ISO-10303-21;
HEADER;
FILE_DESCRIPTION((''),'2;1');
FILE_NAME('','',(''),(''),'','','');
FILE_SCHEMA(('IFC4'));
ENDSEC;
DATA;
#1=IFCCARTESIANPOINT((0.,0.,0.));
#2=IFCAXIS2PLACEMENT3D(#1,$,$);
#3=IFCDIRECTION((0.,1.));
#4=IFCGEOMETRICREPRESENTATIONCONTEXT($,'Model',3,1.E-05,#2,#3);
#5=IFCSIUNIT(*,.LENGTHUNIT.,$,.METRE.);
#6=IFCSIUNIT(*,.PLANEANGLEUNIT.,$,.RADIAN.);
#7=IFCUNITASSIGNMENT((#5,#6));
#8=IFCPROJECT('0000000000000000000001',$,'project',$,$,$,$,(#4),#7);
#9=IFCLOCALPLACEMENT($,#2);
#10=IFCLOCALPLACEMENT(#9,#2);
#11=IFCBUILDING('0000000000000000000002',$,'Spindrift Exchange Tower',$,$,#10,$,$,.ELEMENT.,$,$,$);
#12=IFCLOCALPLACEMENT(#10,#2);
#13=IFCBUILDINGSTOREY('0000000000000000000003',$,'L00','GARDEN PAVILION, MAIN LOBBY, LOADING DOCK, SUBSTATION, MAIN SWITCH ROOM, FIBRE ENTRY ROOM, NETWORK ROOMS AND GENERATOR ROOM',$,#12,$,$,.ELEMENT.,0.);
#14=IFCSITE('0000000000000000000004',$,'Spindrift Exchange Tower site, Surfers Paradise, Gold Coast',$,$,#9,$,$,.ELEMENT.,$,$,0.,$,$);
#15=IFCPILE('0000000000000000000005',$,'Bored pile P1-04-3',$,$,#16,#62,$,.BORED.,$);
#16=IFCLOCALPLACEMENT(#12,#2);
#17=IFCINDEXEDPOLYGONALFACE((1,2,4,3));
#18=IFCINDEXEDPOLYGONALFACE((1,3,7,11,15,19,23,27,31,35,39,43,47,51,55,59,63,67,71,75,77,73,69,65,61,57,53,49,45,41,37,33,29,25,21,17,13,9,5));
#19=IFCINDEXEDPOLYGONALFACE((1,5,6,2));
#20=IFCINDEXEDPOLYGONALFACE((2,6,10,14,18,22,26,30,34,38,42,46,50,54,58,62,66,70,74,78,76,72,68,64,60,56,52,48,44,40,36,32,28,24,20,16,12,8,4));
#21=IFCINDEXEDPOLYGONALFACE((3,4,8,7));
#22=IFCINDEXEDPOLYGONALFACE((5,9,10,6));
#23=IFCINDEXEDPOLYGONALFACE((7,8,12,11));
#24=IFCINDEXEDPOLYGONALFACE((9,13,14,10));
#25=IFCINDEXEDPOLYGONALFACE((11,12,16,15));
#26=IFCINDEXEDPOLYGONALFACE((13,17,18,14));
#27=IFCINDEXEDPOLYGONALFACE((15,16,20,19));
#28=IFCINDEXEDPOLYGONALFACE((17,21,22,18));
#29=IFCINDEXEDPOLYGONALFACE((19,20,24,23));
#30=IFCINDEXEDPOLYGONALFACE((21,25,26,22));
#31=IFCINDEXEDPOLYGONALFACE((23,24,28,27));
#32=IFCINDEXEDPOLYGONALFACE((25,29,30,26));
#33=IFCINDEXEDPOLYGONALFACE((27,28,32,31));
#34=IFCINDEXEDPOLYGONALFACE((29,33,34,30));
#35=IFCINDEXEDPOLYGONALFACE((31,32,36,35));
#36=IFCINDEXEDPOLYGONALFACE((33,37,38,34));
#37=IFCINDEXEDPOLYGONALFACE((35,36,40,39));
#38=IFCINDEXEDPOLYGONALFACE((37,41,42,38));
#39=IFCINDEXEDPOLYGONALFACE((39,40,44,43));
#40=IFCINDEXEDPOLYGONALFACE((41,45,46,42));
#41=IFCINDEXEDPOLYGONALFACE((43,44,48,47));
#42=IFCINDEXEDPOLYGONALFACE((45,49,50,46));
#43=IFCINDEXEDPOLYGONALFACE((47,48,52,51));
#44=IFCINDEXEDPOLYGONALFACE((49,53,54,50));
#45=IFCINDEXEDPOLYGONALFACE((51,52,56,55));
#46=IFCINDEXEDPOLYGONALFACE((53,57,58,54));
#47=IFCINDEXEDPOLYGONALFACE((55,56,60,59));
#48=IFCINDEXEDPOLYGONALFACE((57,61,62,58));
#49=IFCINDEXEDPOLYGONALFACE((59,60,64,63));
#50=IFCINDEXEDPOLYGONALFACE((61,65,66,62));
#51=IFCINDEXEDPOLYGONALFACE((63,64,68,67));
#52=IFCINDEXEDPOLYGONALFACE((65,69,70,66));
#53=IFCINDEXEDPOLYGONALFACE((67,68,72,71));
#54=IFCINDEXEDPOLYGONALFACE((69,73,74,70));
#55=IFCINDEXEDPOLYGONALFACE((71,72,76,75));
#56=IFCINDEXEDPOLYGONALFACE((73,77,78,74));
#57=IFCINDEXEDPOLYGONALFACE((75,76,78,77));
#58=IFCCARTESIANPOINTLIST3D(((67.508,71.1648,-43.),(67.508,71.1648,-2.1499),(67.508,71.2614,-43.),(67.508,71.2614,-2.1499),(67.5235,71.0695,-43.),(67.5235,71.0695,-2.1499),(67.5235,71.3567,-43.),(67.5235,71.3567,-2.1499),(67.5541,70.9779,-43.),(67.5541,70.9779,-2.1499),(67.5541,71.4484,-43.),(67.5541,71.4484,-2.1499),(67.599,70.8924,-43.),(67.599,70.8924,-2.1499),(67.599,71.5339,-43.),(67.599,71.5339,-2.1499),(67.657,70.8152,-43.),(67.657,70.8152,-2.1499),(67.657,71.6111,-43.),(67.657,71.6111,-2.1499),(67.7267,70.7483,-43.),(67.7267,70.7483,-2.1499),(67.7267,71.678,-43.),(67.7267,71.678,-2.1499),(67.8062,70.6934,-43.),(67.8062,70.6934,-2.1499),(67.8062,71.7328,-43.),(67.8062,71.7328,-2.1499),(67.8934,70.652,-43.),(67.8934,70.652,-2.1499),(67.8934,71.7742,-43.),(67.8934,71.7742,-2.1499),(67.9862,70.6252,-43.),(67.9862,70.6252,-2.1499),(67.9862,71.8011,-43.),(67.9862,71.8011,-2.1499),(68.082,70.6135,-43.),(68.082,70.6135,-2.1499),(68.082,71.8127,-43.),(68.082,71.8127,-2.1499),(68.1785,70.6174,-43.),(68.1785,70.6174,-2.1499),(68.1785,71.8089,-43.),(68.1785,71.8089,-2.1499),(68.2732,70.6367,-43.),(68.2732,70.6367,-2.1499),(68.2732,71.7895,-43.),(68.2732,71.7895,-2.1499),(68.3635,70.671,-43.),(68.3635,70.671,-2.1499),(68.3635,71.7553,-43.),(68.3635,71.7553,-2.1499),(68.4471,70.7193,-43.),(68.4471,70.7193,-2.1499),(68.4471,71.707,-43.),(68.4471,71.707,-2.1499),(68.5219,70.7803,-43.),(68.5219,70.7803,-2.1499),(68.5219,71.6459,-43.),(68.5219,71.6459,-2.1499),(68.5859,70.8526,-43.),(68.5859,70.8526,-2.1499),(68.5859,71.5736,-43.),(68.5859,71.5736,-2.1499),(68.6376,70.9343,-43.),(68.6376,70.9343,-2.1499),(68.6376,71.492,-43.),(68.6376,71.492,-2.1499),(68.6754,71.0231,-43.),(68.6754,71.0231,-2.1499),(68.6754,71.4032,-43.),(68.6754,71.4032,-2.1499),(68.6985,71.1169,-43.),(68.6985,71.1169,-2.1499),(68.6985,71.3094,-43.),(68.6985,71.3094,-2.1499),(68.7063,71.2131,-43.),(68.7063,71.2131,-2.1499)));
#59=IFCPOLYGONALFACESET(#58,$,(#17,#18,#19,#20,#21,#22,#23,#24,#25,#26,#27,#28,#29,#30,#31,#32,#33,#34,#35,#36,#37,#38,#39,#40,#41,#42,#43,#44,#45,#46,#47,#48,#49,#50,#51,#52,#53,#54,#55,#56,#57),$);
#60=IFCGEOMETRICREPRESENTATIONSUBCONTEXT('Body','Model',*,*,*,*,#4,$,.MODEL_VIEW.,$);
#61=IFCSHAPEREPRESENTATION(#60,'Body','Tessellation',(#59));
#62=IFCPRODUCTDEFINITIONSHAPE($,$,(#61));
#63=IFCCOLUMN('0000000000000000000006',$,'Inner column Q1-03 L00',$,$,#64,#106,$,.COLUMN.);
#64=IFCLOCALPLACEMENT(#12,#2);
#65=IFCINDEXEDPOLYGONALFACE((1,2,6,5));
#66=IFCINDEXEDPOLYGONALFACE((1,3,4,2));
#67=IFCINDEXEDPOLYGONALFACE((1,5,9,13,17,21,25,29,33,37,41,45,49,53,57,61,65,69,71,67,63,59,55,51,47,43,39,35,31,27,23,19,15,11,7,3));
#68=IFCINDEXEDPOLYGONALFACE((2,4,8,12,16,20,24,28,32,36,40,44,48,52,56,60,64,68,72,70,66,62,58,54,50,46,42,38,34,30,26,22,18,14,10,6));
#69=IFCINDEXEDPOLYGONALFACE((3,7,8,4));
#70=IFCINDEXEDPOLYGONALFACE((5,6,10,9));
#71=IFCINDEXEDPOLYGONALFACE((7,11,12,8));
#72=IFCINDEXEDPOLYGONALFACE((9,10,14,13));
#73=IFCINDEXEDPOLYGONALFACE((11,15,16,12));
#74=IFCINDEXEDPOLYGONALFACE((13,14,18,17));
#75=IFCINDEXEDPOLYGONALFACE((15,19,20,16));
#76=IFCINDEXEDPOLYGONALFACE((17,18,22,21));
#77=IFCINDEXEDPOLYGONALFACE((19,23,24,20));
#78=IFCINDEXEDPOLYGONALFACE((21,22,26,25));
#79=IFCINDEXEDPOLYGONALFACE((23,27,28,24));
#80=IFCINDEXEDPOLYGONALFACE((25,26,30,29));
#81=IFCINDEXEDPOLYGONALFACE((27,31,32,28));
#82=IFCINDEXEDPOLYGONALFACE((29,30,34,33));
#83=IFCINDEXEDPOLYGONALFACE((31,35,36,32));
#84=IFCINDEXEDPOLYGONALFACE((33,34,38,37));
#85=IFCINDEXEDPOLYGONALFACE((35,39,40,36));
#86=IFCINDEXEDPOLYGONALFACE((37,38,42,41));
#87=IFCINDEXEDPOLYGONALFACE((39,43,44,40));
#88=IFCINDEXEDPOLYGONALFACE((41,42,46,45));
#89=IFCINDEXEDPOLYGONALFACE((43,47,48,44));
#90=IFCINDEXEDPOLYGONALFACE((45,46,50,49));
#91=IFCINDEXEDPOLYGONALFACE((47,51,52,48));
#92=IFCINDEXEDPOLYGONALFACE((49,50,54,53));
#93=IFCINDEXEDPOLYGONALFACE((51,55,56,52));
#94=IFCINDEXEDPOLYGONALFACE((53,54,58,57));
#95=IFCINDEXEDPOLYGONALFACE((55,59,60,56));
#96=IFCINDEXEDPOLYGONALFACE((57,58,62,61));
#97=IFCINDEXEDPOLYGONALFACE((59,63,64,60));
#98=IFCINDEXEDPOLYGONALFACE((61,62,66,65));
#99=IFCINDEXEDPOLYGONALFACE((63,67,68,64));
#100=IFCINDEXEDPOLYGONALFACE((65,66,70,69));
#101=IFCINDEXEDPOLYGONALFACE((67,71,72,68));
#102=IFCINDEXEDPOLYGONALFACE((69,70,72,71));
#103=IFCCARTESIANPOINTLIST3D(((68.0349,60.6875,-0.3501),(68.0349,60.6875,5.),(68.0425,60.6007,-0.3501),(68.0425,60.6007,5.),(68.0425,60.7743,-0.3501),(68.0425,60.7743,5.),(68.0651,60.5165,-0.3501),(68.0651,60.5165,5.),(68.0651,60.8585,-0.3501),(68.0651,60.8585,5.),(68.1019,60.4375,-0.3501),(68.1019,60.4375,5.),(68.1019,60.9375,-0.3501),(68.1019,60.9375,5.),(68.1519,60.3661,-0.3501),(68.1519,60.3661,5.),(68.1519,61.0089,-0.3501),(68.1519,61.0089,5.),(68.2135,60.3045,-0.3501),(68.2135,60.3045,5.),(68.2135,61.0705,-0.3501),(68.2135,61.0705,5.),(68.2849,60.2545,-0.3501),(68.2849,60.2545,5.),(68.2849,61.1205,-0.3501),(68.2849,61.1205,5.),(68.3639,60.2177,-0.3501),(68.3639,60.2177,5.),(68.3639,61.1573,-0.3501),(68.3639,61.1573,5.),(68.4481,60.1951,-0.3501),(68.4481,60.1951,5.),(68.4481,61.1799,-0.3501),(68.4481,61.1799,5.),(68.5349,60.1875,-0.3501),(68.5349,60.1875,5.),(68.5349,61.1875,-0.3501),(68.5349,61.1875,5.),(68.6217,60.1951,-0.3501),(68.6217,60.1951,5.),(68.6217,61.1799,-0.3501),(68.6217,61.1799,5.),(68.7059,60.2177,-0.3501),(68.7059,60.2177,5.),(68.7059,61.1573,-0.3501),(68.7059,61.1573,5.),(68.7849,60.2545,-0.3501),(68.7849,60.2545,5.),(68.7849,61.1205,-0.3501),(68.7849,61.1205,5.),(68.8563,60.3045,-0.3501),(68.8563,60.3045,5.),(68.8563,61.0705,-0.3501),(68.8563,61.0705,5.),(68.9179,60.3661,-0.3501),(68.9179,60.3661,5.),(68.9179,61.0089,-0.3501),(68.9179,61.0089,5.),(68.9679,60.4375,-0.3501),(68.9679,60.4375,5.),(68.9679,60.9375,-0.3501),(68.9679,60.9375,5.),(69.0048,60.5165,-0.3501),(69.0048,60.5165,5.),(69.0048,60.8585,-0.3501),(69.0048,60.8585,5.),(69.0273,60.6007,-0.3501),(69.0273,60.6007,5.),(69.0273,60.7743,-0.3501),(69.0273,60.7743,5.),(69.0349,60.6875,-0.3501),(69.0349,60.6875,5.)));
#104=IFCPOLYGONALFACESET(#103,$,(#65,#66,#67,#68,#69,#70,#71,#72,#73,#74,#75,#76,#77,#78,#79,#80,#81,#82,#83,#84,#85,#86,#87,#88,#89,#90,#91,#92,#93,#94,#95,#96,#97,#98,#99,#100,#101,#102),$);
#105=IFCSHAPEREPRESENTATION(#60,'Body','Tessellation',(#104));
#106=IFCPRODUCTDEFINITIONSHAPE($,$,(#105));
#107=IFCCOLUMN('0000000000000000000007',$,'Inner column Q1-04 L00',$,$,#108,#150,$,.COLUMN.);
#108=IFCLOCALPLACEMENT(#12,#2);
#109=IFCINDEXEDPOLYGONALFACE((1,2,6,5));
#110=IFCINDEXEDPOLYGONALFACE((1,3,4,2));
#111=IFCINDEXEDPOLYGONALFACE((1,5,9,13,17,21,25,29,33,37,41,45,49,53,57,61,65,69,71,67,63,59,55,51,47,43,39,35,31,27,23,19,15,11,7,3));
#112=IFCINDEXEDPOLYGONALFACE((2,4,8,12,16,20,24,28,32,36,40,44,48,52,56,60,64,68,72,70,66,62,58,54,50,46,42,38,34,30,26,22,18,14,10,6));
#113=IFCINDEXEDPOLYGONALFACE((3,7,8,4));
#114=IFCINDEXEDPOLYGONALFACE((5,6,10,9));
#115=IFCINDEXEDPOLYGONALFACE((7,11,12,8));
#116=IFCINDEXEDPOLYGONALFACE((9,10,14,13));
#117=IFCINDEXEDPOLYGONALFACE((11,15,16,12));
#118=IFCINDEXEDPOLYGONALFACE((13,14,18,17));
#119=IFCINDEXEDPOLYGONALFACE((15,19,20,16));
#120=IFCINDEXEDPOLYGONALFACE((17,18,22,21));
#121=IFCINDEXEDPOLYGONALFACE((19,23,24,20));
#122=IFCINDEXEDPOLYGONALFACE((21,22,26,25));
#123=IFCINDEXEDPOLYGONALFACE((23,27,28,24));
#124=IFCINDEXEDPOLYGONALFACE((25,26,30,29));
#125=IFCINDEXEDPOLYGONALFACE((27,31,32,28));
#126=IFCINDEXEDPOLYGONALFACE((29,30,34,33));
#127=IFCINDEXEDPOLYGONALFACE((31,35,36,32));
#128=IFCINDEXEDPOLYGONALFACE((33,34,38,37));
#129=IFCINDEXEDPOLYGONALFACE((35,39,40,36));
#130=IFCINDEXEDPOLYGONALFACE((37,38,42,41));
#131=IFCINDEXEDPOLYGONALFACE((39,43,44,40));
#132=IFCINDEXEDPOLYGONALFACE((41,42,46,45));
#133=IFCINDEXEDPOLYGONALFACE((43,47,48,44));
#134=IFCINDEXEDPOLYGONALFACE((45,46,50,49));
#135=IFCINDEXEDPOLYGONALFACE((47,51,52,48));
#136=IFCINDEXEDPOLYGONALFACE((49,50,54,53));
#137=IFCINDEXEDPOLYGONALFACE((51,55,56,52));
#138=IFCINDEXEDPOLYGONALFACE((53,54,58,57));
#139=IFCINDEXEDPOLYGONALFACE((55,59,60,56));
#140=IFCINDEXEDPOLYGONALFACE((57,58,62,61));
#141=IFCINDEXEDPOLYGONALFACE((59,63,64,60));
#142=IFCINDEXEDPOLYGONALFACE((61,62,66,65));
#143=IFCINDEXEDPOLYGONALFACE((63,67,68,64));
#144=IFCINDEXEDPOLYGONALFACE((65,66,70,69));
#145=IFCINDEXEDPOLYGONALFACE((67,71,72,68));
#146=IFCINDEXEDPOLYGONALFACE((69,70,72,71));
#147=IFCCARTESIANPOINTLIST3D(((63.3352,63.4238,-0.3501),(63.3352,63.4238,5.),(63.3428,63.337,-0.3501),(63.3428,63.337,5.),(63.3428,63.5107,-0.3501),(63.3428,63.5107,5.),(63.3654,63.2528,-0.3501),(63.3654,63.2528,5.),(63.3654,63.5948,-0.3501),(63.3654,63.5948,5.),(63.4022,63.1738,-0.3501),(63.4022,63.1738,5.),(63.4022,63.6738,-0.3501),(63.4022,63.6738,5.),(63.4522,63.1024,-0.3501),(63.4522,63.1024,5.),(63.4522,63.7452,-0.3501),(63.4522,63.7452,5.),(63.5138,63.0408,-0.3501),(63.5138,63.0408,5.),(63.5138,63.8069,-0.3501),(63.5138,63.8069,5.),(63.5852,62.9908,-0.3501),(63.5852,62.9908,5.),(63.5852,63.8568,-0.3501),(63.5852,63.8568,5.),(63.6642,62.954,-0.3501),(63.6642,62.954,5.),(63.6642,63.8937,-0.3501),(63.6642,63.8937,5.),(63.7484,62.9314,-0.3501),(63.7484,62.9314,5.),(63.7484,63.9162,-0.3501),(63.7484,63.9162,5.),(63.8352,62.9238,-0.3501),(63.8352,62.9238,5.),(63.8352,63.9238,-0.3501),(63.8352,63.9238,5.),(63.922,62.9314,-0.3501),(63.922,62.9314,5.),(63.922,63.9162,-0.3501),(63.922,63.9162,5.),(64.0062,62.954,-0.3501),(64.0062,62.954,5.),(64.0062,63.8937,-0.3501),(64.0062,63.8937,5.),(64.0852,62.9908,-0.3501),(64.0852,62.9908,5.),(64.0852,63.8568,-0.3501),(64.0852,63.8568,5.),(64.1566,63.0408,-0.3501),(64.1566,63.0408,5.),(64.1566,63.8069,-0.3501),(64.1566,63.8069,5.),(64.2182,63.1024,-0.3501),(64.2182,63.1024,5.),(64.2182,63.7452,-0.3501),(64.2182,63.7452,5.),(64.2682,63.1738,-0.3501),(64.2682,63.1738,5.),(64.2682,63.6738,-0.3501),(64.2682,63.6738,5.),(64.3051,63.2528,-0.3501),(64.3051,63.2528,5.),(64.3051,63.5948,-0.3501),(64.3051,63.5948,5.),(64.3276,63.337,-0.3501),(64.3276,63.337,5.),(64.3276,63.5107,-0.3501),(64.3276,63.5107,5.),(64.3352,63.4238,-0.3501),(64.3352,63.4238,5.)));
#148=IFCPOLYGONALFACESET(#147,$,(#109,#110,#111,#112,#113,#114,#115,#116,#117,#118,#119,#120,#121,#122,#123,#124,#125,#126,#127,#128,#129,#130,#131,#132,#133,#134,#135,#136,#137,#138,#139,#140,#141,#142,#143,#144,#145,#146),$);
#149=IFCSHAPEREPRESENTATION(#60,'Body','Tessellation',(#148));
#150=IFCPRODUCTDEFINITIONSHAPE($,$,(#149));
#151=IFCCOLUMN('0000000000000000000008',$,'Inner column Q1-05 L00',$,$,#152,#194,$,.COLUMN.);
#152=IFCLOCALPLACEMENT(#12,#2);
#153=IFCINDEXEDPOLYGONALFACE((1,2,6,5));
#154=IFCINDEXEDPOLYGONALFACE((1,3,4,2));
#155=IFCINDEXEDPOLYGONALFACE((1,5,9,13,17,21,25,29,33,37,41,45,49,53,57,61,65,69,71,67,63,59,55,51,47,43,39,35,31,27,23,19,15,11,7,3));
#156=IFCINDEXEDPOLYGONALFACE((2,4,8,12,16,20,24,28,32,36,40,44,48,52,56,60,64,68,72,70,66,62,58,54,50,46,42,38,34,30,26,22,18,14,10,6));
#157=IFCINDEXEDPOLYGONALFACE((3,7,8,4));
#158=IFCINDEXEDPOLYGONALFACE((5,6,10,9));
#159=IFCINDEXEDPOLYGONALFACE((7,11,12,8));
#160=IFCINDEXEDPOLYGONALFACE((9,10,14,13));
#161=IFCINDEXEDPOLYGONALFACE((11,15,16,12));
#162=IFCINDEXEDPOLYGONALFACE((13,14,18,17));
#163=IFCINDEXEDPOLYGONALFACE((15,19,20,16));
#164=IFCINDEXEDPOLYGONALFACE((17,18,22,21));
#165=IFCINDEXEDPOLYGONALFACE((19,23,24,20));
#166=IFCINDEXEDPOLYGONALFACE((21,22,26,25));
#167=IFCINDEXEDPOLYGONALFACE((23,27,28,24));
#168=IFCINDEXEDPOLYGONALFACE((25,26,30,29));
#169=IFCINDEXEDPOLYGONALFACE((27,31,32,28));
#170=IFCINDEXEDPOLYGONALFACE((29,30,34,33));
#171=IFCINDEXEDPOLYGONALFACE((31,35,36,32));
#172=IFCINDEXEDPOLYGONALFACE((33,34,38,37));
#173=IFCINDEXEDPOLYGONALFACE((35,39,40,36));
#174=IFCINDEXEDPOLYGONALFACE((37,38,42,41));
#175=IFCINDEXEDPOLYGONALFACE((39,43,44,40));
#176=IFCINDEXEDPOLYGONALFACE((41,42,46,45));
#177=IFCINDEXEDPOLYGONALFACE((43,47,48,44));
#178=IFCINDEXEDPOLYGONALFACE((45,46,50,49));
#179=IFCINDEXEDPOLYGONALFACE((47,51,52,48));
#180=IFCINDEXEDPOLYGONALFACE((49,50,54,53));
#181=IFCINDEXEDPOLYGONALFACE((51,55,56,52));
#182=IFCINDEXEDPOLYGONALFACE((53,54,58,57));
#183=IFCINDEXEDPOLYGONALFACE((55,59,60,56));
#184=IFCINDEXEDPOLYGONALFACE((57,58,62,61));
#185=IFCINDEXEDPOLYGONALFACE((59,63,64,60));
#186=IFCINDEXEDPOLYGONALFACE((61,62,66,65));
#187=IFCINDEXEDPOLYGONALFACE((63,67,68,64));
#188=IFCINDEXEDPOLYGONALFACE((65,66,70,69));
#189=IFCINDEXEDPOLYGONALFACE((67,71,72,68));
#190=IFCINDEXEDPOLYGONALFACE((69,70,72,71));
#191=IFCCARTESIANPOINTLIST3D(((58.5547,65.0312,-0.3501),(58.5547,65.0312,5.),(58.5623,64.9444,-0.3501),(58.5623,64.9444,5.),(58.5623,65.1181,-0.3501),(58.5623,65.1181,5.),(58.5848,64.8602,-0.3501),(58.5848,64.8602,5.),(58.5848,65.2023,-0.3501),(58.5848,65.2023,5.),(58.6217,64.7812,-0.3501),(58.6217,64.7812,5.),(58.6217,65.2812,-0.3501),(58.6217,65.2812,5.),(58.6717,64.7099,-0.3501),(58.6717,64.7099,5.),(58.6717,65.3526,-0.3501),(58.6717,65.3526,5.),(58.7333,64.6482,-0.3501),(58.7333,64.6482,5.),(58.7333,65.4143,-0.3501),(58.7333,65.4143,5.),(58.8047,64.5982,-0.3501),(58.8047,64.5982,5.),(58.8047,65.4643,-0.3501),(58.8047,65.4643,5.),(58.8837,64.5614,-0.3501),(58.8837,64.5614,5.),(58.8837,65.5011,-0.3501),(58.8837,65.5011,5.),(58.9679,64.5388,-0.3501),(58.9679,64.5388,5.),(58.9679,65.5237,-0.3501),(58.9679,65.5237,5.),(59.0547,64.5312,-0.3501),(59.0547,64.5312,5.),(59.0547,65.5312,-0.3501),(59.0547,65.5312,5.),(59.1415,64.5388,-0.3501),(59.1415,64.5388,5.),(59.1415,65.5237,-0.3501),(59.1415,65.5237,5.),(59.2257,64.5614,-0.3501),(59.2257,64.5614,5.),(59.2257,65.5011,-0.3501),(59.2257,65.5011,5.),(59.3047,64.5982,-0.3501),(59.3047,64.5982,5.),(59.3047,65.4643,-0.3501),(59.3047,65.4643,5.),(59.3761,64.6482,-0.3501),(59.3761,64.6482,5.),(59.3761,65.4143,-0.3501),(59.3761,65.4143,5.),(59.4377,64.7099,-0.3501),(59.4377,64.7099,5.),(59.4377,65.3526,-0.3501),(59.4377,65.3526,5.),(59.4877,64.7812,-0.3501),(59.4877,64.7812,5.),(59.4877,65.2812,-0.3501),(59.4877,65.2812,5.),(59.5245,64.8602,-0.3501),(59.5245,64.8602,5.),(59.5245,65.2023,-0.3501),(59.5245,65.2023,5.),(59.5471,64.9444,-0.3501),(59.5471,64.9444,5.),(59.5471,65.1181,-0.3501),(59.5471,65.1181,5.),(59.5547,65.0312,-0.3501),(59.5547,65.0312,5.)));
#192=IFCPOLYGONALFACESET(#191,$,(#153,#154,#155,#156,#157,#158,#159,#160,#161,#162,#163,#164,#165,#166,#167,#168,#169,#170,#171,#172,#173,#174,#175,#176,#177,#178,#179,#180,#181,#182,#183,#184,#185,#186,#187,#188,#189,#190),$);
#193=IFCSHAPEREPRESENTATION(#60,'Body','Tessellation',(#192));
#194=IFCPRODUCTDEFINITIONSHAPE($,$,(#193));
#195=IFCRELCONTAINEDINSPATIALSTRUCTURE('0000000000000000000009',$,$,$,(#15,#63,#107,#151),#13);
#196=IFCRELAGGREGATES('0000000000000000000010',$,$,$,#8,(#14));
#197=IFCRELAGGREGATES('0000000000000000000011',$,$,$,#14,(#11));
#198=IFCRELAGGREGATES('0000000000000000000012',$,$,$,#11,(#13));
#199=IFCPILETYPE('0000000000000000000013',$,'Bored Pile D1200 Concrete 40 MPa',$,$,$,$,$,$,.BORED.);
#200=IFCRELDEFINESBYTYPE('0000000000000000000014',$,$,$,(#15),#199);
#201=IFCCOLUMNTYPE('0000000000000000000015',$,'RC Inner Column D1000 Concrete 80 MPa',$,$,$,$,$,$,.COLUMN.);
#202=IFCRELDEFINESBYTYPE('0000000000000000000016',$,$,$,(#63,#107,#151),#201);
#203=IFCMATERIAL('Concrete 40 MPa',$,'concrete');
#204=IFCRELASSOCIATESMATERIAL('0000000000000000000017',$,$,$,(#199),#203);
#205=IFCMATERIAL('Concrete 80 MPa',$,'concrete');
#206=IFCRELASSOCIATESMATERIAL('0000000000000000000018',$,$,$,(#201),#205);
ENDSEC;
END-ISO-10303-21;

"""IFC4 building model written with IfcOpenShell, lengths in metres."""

from ifc_helpers import new_model, si_unit, direction, frame, origin, origin_2d, place, context, subcontext, project, spatial, circle, extrude, source, transform, mapped, material, material_profile, profile_set, type_object, element, save


model = new_model("IFC4")

# Units and contexts
model_context = context("Model", 3, precision=1e-05, world=origin(), true_north=direction((0.0, 1.0)))
body_context = subcontext(model_context, "Body", "Model", "MODEL_VIEW")
ifc_project = project(units=[si_unit("LENGTHUNIT", "METRE"), si_unit("PLANEANGLEUNIT", "RADIAN")], contexts=[model_context])

# Site, building, storey
site_placement = place(None, origin())
site = spatial("IfcSite", under=ifc_project, at=site_placement, Name="Spindrift Exchange Tower site, Surfers Paradise, Gold Coast", CompositionType="ELEMENT", RefElevation=0.0)
building_placement = place(site_placement, origin())
building = spatial("IfcBuilding", under=site, at=building_placement, Name="Spindrift Exchange Tower", CompositionType="ELEMENT")
storey_placement = place(building_placement, origin())
storey = spatial("IfcBuildingStorey", under=building, at=storey_placement, Name="L00", Description="GARDEN PAVILION, MAIN LOBBY, LOADING DOCK, SUBSTATION, MAIN SWITCH ROOM, FIBRE ENTRY ROOM, NETWORK ROOMS AND GENERATOR ROOM", CompositionType="ELEMENT", Elevation=0.0)

# Pile
ifc_material_1 = material(Name="Concrete 40 MPa", Category="concrete")
ifc_material_profile_1 = material_profile(ifc_material_1, circle(Radius=0.6001, at=origin_2d()), Name="BP D1200")
ifc_profile_set_1 = profile_set([ifc_material_profile_1], Name="Concrete 40 MPa")
pile_type_1 = type_object("IfcPileType", Name="Bored Pile D1200 Concrete 40 MPa", PredefinedType="BORED", material=ifc_profile_set_1)
shared_shape_1 = source(origin(), body_context, "Body", "SweptSolid", [
    extrude(circle(Radius=0.6001, at=origin_2d()), origin(), (0.0, 0.0, 1.0), 40.8501),
])
pile_placement = place(storey_placement, frame((68.1062, 71.2131, -2.1499), z_axis=(0.0, 0.0, -1.0), x_axis=(1.0, 0.0, 0.0)))
element("IfcPile", 1, at=pile_placement, inside=storey, type_object=pile_type_1, Name="Bored pile P1-04-3", PredefinedType="BORED", context=body_context, shape_type="MappedRepresentation", body=[
    mapped(shared_shape_1, transform((0.0, 0.0, 0.0), scale=1.0)),
])

# Columns
ifc_material_2 = material(Name="Concrete 80 MPa", Category="concrete")
ifc_material_profile_2 = material_profile(ifc_material_2, circle(Radius=0.5, at=origin_2d()), Name="RC D1000")
ifc_profile_set_2 = profile_set([ifc_material_profile_2], Name="Concrete 80 MPa")
column_type = type_object("IfcColumnType", Name="RC Inner Column D1000 Concrete 80 MPa", PredefinedType="COLUMN", material=ifc_profile_set_2)
shared_shape_2 = source(origin(), body_context, "Body", "SweptSolid", [
    extrude(circle(Radius=0.5, at=origin_2d()), origin(), (0.0, 0.0, 1.0), 5.3501),
])
for number, where, z_axis, x_axis, name in (
    (2, (68.5349, 60.6875, -0.3501), (0.0, 0.0, 1.0), (1.0, 0.0, 0.0), "Inner column Q1-03 L00"),
    (3, (63.8352, 63.4238, -0.3501), (0.0, 0.0, 1.0), (1.0, 0.0, 0.0), "Inner column Q1-04 L00"),
    (4, (59.0547, 65.0312, -0.3501), (0.0, 0.0, 1.0), (1.0, 0.0, 0.0), "Inner column Q1-05 L00"),
):
    element("IfcColumn", number, at=place(storey_placement, frame(where, z_axis=z_axis, x_axis=x_axis)), inside=storey, type_object=column_type, Name=name, PredefinedType="COLUMN", context=body_context, shape_type="MappedRepresentation", body=[
        mapped(shared_shape_2, transform((0.0, 0.0, 0.0), scale=1.0)),
    ])

save(model, "model.ifc")
